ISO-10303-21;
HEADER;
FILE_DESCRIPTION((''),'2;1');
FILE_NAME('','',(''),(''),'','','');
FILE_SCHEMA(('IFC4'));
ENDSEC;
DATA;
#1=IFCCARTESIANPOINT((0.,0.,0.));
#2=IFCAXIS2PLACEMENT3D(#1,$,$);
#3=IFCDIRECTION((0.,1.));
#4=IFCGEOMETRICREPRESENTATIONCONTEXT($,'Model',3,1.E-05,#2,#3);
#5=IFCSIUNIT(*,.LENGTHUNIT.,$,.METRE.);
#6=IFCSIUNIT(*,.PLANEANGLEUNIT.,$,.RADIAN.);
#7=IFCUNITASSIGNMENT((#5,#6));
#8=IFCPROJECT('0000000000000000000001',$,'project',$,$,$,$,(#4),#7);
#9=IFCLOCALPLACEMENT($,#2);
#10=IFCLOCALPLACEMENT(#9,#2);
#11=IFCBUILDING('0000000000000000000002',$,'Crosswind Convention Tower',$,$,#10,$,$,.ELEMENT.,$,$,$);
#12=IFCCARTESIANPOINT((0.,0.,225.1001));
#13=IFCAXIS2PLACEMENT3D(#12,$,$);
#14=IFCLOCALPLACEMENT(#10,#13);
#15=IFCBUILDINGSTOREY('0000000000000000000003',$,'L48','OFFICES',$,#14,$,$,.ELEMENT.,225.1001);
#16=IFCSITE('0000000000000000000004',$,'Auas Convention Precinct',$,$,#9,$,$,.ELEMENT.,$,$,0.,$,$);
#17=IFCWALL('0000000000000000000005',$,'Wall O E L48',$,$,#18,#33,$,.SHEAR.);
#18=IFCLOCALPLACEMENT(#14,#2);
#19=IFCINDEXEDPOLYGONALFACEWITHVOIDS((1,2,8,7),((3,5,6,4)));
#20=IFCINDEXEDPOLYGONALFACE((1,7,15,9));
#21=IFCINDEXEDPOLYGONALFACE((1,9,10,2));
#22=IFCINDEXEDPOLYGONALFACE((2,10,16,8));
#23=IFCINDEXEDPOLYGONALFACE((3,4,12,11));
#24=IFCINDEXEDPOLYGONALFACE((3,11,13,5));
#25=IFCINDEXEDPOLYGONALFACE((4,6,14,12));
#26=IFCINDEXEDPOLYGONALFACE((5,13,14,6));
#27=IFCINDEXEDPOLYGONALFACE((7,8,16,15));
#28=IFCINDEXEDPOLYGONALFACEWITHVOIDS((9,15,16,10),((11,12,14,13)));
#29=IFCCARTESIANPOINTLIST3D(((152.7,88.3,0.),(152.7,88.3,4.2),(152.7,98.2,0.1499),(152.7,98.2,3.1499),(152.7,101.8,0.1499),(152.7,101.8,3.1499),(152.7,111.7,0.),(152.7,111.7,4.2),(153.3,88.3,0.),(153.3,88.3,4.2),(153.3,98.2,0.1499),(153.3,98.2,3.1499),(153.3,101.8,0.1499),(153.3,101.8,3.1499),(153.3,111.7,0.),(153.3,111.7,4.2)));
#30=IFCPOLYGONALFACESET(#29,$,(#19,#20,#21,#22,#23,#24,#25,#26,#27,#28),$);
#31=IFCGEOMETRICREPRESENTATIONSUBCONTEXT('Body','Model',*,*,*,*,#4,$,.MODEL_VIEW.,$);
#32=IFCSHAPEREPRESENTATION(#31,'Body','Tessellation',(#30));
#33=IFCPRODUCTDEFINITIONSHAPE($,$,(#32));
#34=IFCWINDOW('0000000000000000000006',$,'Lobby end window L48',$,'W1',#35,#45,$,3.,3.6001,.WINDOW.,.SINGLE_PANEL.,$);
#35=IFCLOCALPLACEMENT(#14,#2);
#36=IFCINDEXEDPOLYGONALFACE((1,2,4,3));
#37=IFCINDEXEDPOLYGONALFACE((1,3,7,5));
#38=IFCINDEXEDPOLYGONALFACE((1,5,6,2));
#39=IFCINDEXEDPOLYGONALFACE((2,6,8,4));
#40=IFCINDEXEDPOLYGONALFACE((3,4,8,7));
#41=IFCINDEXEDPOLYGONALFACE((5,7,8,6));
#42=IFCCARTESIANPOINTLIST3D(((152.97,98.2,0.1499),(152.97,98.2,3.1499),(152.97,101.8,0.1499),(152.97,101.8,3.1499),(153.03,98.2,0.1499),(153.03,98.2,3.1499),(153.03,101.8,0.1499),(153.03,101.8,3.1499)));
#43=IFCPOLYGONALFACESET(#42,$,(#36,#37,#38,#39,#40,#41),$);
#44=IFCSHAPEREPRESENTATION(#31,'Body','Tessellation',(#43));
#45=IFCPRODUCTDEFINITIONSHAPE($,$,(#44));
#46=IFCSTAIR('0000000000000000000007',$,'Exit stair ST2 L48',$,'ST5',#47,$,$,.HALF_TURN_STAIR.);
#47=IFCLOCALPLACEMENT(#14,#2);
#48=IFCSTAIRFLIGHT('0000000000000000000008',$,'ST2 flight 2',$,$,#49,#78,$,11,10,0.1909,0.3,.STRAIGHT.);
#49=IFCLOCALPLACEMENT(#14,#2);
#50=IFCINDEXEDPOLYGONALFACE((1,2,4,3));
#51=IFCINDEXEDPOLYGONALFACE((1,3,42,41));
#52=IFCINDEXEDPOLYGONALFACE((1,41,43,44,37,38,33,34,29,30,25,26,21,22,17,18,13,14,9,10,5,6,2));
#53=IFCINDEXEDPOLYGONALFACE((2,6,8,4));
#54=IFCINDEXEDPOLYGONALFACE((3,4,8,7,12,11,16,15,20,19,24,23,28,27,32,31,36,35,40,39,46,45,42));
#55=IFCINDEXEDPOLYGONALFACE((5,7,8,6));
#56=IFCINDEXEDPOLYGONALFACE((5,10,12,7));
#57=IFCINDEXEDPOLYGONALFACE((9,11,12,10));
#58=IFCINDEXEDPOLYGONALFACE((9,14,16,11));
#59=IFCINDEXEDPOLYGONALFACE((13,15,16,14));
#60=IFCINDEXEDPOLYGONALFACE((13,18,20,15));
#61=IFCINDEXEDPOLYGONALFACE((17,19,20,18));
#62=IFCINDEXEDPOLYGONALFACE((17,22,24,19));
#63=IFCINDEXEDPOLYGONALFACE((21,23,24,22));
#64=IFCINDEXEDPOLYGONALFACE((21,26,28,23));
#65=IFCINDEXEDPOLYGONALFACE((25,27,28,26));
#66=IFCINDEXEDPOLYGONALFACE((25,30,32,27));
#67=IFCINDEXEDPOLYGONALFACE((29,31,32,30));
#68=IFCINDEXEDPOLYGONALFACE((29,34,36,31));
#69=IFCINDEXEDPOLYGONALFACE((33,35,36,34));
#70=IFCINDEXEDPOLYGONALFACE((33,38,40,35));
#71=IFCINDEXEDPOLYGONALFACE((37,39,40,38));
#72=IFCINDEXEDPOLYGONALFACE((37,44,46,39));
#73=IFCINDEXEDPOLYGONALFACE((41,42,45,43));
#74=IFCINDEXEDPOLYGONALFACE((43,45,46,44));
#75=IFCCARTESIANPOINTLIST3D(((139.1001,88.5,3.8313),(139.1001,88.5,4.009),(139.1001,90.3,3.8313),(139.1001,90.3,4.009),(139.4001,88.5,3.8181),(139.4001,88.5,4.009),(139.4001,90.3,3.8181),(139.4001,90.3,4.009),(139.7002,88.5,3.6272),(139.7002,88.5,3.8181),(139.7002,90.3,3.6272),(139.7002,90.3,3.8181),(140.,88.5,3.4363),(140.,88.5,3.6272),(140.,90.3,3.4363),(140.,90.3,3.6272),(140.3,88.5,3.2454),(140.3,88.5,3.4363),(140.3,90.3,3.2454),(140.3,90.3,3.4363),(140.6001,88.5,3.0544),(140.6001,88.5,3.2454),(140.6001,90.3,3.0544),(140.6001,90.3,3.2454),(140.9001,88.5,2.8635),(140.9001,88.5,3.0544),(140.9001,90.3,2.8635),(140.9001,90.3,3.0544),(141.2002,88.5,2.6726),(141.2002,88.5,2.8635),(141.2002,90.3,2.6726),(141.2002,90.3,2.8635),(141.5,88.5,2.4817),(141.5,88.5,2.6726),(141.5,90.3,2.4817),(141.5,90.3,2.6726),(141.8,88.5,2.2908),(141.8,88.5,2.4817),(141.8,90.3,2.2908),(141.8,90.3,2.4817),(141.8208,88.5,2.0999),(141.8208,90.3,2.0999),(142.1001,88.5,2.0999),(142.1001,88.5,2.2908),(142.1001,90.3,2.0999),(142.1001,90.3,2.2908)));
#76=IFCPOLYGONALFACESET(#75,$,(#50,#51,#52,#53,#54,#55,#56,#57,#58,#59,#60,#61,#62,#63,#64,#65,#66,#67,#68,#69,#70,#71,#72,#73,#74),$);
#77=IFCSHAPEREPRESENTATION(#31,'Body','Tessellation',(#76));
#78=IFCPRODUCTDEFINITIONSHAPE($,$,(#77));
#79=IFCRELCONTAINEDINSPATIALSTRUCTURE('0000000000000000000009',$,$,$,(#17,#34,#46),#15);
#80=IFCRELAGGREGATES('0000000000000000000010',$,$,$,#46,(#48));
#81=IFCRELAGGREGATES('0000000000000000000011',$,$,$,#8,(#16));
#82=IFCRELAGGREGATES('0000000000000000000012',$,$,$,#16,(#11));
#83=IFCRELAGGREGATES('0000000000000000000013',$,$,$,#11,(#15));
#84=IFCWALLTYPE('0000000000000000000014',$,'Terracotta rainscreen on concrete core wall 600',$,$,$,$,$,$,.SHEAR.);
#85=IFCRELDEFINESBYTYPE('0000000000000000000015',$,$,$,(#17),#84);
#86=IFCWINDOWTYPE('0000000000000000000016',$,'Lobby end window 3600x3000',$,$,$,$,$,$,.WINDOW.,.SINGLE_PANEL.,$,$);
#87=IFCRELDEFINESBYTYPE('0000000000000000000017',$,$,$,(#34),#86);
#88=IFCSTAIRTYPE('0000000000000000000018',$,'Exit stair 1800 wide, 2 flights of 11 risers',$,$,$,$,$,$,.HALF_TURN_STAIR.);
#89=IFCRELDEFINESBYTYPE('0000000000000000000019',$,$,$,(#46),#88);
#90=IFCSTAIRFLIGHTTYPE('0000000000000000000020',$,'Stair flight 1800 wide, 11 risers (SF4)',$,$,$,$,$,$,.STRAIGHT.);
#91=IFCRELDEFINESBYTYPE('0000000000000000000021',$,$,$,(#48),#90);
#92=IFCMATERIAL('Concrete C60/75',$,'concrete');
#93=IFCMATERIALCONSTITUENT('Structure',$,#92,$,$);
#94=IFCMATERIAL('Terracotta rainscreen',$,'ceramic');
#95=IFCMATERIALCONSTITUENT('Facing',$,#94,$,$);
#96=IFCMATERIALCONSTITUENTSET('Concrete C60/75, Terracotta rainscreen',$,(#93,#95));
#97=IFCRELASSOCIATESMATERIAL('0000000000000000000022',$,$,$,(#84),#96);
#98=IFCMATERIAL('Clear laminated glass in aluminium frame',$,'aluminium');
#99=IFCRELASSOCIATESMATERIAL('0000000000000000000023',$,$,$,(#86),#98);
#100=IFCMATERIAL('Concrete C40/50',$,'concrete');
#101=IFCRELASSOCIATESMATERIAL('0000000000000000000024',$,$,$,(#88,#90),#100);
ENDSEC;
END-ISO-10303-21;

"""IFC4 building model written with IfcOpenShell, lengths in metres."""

from ifc_helpers import new_model, si_unit, direction, frame, frame_2d, origin, place, context, subcontext, project, spatial, polyline, rectangle, outline, extrude, material, constituent, constituent_set, type_object, element, fill, aggregate, save


model = new_model("IFC4")

# Units and contexts
model_context = context("Model", 3, precision=1e-05, world=origin(), true_north=direction((0.0, 1.0)))
body_context = subcontext(model_context, "Body", "Model", "MODEL_VIEW")
ifc_project = project(units=[si_unit("LENGTHUNIT", "METRE"), si_unit("PLANEANGLEUNIT", "RADIAN")], contexts=[model_context])

# Site, building, storey
site_placement = place(None, origin())
site = spatial("IfcSite", under=ifc_project, at=site_placement, Name="Auas Convention Precinct", CompositionType="ELEMENT", RefElevation=0.0)
building_placement = place(site_placement, origin())
building = spatial("IfcBuilding", under=site, at=building_placement, Name="Crosswind Convention Tower", CompositionType="ELEMENT")
storey_placement = place(building_placement, frame((0.0, 0.0, 225.1001)))
storey = spatial("IfcBuildingStorey", under=building, at=storey_placement, Name="L48", Description="OFFICES", CompositionType="ELEMENT", Elevation=225.1001)

# Wall, opening, window
ifc_material_1 = material(Name="Concrete C60/75", Category="concrete")
ifc_constituent_1 = constituent(ifc_material_1, Name="Structure")
ifc_material_2 = material(Name="Terracotta rainscreen", Category="ceramic")
ifc_constituent_2 = constituent(ifc_material_2, Name="Facing")
ifc_constituent_set = constituent_set(constituents=[ifc_constituent_1, ifc_constituent_2], Name="Concrete C60/75, Terracotta rainscreen")
wall_type_1 = type_object("IfcWallType", Name="Terracotta rainscreen on concrete core wall 600", PredefinedType="SHEAR", material=ifc_constituent_set)
wall_1_placement = place(storey_placement, frame((153.0, 88.3, 0.0), z_axis=(0.0, 0.0, 1.0), x_axis=(0.0, 1.0, 0.0)))
wall_1 = element("IfcWall", 1, at=wall_1_placement, inside=storey, type_object=wall_type_1, Name="Wall O E L48", PredefinedType="SHEAR", context=body_context, shape_type="SweptSolid", body=[
    extrude(rectangle(XDim=23.3999, YDim=0.6001, at=frame_2d((11.7, 0.0))), origin(), (0.0, 0.0, 1.0), 4.2),
])
opening_1_placement = place(wall_1_placement, frame((9.8999, 0.0, 0.1499)))
opening_1 = element("IfcOpeningElement", 2, at=opening_1_placement, cuts=wall_1, PredefinedType="OPENING", context=body_context, shape_type="SweptSolid", body=[
    extrude(rectangle(XDim=3.6001, YDim=3.0, at=frame_2d((1.8, 1.5))), frame((0.0, 0.3101, 0.0), z_axis=(0.0, -1.0, 0.0), x_axis=(1.0, 0.0, 0.0)), (0.0, 0.0, 1.0), 0.6201),
])
ifc_material_3 = material(Name="Clear laminated glass in aluminium frame", Category="aluminium")
window_type = type_object("IfcWindowType", Name="Lobby end window 3600x3000", PartitioningType="SINGLE_PANEL", PredefinedType="WINDOW", material=ifc_material_3)
window_placement = place(opening_1_placement, origin())
window = element("IfcWindow", 3, at=window_placement, inside=storey, type_object=window_type, Name="Lobby end window L48", ObjectType="W1", OverallHeight=3.0, OverallWidth=3.6001, PartitioningType="SINGLE_PANEL", PredefinedType="WINDOW", context=body_context, shape_type="SweptSolid", body=[
    extrude(rectangle(XDim=3.6001, YDim=3.0, at=frame_2d((1.8, 1.5))), frame((0.0, 0.03, 0.0), z_axis=(0.0, -1.0, 0.0), x_axis=(1.0, 0.0, 0.0)), (0.0, 0.0, 1.0), 0.0601),
])
fill(opening_1, window)

# Stair, stair flight
ifc_material_4 = material(Name="Concrete C40/50", Category="concrete")
stair_type = type_object("IfcStairType", Name="Exit stair 1800 wide, 2 flights of 11 risers", PredefinedType="HALF_TURN_STAIR", material=ifc_material_4)
stair_placement = place(storey_placement, origin())
stair = element("IfcStair", 4, at=stair_placement, inside=storey, type_object=stair_type, Name="Exit stair ST2 L48", ObjectType="ST5", PredefinedType="HALF_TURN_STAIR")
stair_flight_type = type_object("IfcStairFlightType", Name="Stair flight 1800 wide, 11 risers (SF4)", PredefinedType="STRAIGHT", material=ifc_material_4)
stair_flight_placement = place(storey_placement, frame((142.1001, 89.3999, 2.0999), z_axis=(0.0, 0.0, 1.0), x_axis=(-1.0, 0.0, 0.0)))
stair_flight = element("IfcStairFlight", 5, at=stair_flight_placement, type_object=stair_flight_type, Name="ST2 flight 2", NumberOfRisers=11, NumberOfTreads=10, PredefinedType="STRAIGHT", RiserHeight=0.1909, TreadLength=0.3, context=body_context, shape_type="SweptSolid", body=[
    extrude(outline(polyline([(0.0, 0.0), (0.0, 0.1909), (0.3, 0.1909), (0.3, 0.3818), (0.6001, 0.3818), (0.6001, 0.5728), (0.8999, 0.5728), (0.8999, 0.7637), (1.2, 0.7637), (1.2, 0.9546), (1.5, 0.9546), (1.5, 1.1455), (1.8, 1.1455), (1.8, 1.3364), (2.1001, 1.3364), (2.1001, 1.5273), (2.3999, 1.5273), (2.3999, 1.7183), (2.7, 1.7183), (2.7, 1.9092), (3.0, 1.9092), (3.0, 2.1001), (3.0, 1.7314), (0.2793, 0.0), (0.0, 0.0)])), frame((0.0, 0.8999, 0.0), z_axis=(0.0, -1.0, 0.0), x_axis=(1.0, 0.0, 0.0)), (0.0, 0.0, 1.0), 1.8),
])
aggregate(stair, [stair_flight])

save(model, "model.ifc")
